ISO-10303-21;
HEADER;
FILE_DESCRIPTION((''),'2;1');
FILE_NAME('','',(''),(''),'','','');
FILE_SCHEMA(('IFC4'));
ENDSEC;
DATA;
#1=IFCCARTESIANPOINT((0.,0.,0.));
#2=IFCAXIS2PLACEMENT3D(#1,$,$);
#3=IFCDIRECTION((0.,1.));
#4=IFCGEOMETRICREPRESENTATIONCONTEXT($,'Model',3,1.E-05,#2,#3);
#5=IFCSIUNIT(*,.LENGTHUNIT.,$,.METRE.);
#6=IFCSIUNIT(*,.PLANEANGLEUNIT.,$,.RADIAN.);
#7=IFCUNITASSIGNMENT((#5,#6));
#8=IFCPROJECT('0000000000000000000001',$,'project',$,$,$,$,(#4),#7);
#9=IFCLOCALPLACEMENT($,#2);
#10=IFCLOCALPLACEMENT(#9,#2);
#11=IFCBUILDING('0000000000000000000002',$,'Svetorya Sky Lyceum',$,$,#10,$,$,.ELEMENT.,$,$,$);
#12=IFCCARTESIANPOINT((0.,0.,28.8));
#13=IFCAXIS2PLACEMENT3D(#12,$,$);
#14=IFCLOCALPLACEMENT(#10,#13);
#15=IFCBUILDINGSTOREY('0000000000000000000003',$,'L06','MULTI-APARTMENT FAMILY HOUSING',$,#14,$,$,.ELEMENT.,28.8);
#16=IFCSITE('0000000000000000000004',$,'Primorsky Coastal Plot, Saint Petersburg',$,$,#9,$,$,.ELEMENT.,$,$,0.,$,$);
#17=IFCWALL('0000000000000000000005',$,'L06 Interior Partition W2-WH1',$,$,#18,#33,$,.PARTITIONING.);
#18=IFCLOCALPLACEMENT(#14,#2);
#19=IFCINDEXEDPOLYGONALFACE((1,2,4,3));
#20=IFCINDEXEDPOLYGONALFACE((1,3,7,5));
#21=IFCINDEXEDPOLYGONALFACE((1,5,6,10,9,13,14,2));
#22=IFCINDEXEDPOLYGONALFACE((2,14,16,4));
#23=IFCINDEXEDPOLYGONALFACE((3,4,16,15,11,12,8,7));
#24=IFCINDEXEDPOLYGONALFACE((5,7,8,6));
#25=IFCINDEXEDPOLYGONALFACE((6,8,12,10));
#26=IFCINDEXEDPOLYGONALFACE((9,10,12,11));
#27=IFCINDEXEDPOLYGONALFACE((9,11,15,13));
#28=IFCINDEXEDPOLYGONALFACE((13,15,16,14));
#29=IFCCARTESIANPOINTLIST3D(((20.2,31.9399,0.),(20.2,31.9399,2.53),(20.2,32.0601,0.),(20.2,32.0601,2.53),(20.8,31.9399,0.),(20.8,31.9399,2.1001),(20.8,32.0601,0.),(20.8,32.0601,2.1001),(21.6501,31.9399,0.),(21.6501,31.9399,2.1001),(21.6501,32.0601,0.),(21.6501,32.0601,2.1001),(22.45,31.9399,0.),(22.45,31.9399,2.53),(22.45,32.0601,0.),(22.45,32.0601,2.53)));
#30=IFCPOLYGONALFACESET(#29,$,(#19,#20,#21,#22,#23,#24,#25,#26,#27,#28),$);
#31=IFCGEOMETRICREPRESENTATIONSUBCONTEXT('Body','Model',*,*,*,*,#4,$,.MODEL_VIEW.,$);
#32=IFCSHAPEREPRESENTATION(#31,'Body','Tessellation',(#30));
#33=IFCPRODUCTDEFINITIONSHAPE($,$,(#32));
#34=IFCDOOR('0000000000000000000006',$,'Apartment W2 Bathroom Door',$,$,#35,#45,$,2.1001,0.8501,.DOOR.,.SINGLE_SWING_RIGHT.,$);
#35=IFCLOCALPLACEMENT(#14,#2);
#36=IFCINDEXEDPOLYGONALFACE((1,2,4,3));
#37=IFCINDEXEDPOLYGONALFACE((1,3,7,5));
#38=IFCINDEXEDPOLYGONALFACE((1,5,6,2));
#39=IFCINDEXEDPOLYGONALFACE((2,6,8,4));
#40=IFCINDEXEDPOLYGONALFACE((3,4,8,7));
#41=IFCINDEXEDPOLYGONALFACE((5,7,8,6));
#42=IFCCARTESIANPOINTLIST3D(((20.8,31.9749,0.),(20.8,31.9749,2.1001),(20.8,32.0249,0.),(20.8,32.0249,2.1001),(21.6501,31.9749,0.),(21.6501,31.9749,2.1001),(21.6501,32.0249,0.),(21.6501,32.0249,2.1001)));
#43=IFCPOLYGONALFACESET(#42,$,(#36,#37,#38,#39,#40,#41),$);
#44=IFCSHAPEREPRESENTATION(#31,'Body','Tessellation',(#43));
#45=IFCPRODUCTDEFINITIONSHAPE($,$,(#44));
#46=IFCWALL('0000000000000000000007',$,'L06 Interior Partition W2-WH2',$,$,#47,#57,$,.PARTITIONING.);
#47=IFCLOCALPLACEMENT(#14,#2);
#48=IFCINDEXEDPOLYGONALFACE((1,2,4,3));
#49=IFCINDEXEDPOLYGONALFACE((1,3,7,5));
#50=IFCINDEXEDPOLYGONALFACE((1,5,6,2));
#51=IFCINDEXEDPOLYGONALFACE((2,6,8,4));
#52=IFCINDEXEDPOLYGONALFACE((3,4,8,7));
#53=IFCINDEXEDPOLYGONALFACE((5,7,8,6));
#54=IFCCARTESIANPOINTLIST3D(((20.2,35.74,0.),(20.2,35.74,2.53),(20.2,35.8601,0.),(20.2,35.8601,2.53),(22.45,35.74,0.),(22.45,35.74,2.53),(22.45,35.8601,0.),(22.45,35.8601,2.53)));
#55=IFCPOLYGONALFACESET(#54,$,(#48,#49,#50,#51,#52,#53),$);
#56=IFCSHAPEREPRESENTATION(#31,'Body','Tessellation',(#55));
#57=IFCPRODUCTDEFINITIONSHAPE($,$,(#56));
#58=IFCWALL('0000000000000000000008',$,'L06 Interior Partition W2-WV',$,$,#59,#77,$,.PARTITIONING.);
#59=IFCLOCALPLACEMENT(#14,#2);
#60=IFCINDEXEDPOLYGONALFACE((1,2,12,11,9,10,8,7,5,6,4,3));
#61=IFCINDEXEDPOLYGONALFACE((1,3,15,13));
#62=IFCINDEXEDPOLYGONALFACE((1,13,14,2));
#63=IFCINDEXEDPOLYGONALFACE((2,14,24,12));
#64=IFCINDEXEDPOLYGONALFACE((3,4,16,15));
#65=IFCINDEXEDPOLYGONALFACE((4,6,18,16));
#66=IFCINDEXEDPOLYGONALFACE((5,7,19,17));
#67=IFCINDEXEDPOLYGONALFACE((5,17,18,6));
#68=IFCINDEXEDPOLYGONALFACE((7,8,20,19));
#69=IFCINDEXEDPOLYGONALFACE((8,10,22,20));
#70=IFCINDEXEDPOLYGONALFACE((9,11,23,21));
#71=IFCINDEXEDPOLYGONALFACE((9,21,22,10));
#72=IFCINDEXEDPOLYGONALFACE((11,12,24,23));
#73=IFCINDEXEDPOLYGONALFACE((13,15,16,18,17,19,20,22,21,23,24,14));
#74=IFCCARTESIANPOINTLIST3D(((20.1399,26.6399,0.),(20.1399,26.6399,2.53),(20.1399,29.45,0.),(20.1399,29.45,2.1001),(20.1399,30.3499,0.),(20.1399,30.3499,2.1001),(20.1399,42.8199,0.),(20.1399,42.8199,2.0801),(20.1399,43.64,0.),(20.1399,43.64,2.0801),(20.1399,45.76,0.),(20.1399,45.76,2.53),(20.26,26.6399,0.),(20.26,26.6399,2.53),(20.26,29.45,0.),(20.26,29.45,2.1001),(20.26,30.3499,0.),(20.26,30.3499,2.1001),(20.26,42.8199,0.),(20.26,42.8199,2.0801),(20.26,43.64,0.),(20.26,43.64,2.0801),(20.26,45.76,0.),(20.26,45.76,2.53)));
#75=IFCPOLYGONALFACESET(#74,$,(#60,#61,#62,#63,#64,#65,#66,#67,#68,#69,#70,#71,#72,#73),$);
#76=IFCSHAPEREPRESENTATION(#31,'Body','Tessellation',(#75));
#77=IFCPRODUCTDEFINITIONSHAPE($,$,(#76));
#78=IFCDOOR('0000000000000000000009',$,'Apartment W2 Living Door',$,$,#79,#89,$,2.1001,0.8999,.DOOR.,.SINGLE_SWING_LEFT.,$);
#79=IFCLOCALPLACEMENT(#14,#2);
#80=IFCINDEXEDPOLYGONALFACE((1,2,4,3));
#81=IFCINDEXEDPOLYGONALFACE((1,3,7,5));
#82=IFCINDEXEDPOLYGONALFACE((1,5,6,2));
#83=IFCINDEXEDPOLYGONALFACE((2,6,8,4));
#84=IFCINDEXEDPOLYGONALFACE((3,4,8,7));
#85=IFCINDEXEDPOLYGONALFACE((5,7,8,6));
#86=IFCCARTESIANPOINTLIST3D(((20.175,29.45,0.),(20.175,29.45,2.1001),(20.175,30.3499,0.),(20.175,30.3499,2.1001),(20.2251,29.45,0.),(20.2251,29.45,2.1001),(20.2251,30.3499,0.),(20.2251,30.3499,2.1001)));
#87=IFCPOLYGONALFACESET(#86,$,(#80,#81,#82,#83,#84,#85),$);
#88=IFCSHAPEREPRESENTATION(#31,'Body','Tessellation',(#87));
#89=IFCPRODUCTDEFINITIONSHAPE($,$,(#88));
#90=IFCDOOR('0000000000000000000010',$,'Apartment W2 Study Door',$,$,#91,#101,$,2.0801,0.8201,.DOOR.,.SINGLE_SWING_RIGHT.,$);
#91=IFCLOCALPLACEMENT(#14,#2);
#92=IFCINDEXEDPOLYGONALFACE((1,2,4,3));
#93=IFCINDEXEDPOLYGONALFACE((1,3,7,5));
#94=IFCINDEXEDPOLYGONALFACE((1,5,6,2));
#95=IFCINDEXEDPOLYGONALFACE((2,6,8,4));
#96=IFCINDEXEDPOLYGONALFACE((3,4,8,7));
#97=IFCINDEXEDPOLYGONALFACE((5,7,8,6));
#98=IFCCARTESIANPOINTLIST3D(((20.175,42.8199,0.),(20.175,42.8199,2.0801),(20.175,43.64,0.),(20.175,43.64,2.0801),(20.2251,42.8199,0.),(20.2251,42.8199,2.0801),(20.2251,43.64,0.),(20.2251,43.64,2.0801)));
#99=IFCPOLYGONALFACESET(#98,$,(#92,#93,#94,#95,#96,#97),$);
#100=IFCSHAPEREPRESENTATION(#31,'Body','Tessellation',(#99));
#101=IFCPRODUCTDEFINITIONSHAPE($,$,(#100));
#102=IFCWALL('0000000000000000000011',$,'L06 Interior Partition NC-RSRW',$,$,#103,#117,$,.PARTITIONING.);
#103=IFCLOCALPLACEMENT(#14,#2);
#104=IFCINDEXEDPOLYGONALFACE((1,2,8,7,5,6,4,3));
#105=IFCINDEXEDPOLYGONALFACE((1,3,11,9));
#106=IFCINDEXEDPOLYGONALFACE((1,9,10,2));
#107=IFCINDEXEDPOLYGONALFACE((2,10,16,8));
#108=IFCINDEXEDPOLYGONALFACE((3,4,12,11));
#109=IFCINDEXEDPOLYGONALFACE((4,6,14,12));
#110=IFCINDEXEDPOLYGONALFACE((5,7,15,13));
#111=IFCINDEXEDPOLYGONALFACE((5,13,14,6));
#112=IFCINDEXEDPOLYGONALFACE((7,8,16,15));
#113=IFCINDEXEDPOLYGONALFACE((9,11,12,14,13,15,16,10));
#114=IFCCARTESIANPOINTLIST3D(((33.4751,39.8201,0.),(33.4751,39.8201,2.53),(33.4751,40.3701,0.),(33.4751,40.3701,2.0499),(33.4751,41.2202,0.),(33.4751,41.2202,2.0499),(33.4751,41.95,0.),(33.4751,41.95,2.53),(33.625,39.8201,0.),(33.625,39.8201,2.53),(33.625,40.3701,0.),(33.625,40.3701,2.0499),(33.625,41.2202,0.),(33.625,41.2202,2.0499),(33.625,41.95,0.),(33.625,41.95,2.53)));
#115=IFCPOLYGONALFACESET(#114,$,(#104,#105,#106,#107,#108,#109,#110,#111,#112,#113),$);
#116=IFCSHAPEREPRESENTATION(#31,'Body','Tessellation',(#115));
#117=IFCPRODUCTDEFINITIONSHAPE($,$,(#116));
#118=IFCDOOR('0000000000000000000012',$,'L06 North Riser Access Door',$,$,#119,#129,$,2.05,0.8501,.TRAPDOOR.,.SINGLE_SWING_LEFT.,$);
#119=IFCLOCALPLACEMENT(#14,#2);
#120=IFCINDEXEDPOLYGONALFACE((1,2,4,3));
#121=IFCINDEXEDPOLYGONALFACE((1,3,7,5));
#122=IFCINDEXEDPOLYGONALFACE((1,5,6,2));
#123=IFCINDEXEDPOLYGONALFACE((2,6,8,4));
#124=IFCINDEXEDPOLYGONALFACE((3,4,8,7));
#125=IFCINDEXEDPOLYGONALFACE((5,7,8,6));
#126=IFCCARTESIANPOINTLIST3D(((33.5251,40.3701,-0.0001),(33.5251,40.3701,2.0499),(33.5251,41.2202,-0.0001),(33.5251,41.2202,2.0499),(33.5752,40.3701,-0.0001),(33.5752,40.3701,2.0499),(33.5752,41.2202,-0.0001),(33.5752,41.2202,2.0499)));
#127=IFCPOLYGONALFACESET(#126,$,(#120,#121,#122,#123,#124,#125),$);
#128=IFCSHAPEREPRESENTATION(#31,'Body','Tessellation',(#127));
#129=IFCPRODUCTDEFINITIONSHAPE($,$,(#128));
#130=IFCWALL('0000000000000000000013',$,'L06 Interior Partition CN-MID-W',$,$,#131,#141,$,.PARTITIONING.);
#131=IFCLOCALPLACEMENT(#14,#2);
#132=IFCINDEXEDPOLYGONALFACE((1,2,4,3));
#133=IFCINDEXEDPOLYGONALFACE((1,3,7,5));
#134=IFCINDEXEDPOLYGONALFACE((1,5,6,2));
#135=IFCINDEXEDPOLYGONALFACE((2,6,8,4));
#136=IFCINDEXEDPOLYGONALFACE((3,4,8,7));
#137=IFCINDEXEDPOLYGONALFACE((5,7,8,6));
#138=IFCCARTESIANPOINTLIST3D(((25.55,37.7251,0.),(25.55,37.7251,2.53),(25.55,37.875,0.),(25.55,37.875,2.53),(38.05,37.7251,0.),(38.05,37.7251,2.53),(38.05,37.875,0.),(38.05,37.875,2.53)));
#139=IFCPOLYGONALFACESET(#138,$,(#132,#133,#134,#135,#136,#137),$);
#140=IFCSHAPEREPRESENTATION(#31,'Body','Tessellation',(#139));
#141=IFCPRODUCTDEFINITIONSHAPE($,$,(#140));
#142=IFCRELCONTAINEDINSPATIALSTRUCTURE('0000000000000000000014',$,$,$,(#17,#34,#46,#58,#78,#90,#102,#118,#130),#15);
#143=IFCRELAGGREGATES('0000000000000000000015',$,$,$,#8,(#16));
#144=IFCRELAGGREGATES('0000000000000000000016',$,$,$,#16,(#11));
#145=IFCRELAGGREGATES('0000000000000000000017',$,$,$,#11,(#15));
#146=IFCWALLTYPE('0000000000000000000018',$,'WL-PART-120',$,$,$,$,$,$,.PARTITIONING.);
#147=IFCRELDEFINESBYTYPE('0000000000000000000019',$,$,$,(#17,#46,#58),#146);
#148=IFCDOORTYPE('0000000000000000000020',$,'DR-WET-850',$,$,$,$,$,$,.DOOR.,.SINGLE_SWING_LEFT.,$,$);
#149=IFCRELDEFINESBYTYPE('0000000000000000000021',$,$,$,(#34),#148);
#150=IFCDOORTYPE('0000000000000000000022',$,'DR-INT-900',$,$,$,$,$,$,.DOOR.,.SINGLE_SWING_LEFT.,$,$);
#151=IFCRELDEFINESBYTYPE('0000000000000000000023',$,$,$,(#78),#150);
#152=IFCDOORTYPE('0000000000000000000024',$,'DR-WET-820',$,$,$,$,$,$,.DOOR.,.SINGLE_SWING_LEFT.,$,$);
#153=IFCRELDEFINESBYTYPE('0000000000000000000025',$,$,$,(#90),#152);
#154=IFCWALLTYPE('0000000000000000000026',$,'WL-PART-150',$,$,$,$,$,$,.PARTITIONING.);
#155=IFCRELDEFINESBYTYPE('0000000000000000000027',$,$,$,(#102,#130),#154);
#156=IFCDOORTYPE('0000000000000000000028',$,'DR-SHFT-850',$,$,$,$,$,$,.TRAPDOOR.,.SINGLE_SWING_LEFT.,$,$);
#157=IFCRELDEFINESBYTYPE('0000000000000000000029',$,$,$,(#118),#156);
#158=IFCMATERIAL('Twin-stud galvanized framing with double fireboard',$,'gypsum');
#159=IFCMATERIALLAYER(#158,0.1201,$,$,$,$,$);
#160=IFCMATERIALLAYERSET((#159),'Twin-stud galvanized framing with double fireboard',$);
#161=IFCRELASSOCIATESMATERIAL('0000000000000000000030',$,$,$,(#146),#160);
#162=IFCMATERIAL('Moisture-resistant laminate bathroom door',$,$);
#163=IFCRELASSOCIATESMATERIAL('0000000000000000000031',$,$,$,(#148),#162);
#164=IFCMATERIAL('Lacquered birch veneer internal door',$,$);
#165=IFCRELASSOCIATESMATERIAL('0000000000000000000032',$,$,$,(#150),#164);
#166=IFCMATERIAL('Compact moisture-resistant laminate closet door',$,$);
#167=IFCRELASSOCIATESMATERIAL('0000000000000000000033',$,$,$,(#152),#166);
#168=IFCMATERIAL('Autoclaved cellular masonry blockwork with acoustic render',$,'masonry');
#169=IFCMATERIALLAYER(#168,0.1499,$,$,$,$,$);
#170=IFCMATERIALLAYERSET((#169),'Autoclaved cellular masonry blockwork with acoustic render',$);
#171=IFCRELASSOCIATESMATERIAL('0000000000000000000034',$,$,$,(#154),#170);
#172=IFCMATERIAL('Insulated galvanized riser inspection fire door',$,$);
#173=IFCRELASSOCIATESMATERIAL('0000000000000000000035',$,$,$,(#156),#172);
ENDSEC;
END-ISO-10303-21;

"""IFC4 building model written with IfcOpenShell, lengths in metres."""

from ifc_helpers import new_model, si_unit, direction, frame, frame_2d, origin, place, context, subcontext, project, spatial, rectangle, extrude, material, layer, layer_set, type_object, element, fill, save


model = new_model("IFC4")

# Units and contexts
model_context = context("Model", 3, precision=1e-05, world=origin(), true_north=direction((0.0, 1.0)))
body_context = subcontext(model_context, "Body", "Model", "MODEL_VIEW")
ifc_project = project(units=[si_unit("LENGTHUNIT", "METRE"), si_unit("PLANEANGLEUNIT", "RADIAN")], contexts=[model_context])

# Site, building, storey
site_placement = place(None, origin())
site = spatial("IfcSite", under=ifc_project, at=site_placement, Name="Primorsky Coastal Plot, Saint Petersburg", CompositionType="ELEMENT", RefElevation=0.0)
building_placement = place(site_placement, origin())
building = spatial("IfcBuilding", under=site, at=building_placement, Name="Svetorya Sky Lyceum", CompositionType="ELEMENT")
storey_placement = place(building_placement, frame((0.0, 0.0, 28.8)))
storey = spatial("IfcBuildingStorey", under=building, at=storey_placement, Name="L06", Description="MULTI-APARTMENT FAMILY HOUSING", CompositionType="ELEMENT", Elevation=28.8)

# Wall, opening, door
ifc_material_1 = material(Name="Twin-stud galvanized framing with double fireboard", Category="gypsum")
ifc_layer_1 = layer(ifc_material_1, 0.1201)
ifc_layer_set_1 = layer_set([ifc_layer_1], Name="Twin-stud galvanized framing with double fireboard")
wall_type_1 = type_object("IfcWallType", Name="WL-PART-120", PredefinedType="PARTITIONING", material=ifc_layer_set_1)
wall_1_placement = place(storey_placement, frame((20.2, 32.0, 0.0), z_axis=(0.0, 0.0, 1.0), x_axis=(1.0, 0.0, 0.0)))
wall_1 = element("IfcWall", 1, at=wall_1_placement, inside=storey, type_object=wall_type_1, Name="L06 Interior Partition W2-WH1", PredefinedType="PARTITIONING", context=body_context, shape_type="SweptSolid", body=[
    extrude(rectangle(XDim=2.25, YDim=0.1201, at=frame_2d((1.125, 0.0))), origin(), (0.0, 0.0, 1.0), 2.53),
])
opening_1_placement = place(wall_1_placement, frame((0.6001, 0.0, 0.0)))
opening_1 = element("IfcOpeningElement", 2, at=opening_1_placement, cuts=wall_1, PredefinedType="OPENING", context=body_context, shape_type="SweptSolid", body=[
    extrude(rectangle(XDim=0.8501, YDim=2.1001, at=frame_2d((0.425, 1.05))), frame((0.0, 0.0701, 0.0), z_axis=(0.0, -1.0, 0.0), x_axis=(1.0, 0.0, 0.0)), (0.0, 0.0, 1.0), 0.1401),
])
ifc_material_2 = material(Name="Moisture-resistant laminate bathroom door")
door_type_1 = type_object("IfcDoorType", Name="DR-WET-850", OperationType="SINGLE_SWING_LEFT", PredefinedType="DOOR", material=ifc_material_2)
door_1_placement = place(opening_1_placement, origin())
door_1 = element("IfcDoor", 3, at=door_1_placement, inside=storey, type_object=door_type_1, Name="Apartment W2 Bathroom Door", OperationType="SINGLE_SWING_RIGHT", OverallHeight=2.1001, OverallWidth=0.8501, PredefinedType="DOOR", context=body_context, shape_type="SweptSolid", body=[
    extrude(rectangle(XDim=0.8501, YDim=2.1001, at=frame_2d((0.425, 1.05))), frame((0.0, 0.0249, 0.0), z_axis=(0.0, -1.0, 0.0), x_axis=(1.0, 0.0, 0.0)), (0.0, 0.0, 1.0), 0.05),
])
fill(opening_1, door_1)

# Wall
wall_2_placement = place(storey_placement, frame((20.2, 35.8, 0.0), z_axis=(0.0, 0.0, 1.0), x_axis=(1.0, 0.0, 0.0)))
element("IfcWall", 4, at=wall_2_placement, inside=storey, type_object=wall_type_1, Name="L06 Interior Partition W2-WH2", PredefinedType="PARTITIONING", context=body_context, shape_type="SweptSolid", body=[
    extrude(rectangle(XDim=2.25, YDim=0.1201, at=frame_2d((1.125, 0.0))), origin(), (0.0, 0.0, 1.0), 2.53),
])

# Wall, openings, doors
wall_3_placement = place(storey_placement, frame((20.2, 26.6399, 0.0), z_axis=(0.0, 0.0, 1.0), x_axis=(0.0, 1.0, 0.0)))
wall_3 = element("IfcWall", 5, at=wall_3_placement, inside=storey, type_object=wall_type_1, Name="L06 Interior Partition W2-WV", PredefinedType="PARTITIONING", context=body_context, shape_type="SweptSolid", body=[
    extrude(rectangle(XDim=19.1201, YDim=0.1201, at=frame_2d((9.5601, 0.0))), origin(), (0.0, 0.0, 1.0), 2.53),
])
opening_2_placement = place(wall_3_placement, frame((2.8101, 0.0, 0.0)))
opening_2 = element("IfcOpeningElement", 6, at=opening_2_placement, cuts=wall_3, PredefinedType="OPENING", context=body_context, shape_type="SweptSolid", body=[
    extrude(rectangle(XDim=0.8999, YDim=2.1001, at=frame_2d((0.45, 1.05))), frame((0.0, 0.0701, 0.0), z_axis=(0.0, -1.0, 0.0), x_axis=(1.0, 0.0, 0.0)), (0.0, 0.0, 1.0), 0.1401),
])
opening_3_placement = place(wall_3_placement, frame((16.1799, 0.0, 0.0)))
opening_3 = element("IfcOpeningElement", 7, at=opening_3_placement, cuts=wall_3, PredefinedType="OPENING", context=body_context, shape_type="SweptSolid", body=[
    extrude(rectangle(XDim=0.8201, YDim=2.0801, at=frame_2d((0.4102, 1.04))), frame((0.0, 0.0701, 0.0), z_axis=(0.0, -1.0, 0.0), x_axis=(1.0, 0.0, 0.0)), (0.0, 0.0, 1.0), 0.1401),
])
ifc_material_3 = material(Name="Lacquered birch veneer internal door")
door_type_2 = type_object("IfcDoorType", Name="DR-INT-900", OperationType="SINGLE_SWING_LEFT", PredefinedType="DOOR", material=ifc_material_3)
door_2_placement = place(opening_2_placement, origin())
door_2 = element("IfcDoor", 8, at=door_2_placement, inside=storey, type_object=door_type_2, Name="Apartment W2 Living Door", OperationType="SINGLE_SWING_LEFT", OverallHeight=2.1001, OverallWidth=0.8999, PredefinedType="DOOR", context=body_context, shape_type="SweptSolid", body=[
    extrude(rectangle(XDim=0.8999, YDim=2.1001, at=frame_2d((0.45, 1.05))), frame((0.0, 0.0249, 0.0), z_axis=(0.0, -1.0, 0.0), x_axis=(1.0, 0.0, 0.0)), (0.0, 0.0, 1.0), 0.05),
])
fill(opening_2, door_2)
ifc_material_4 = material(Name="Compact moisture-resistant laminate closet door")
door_type_3 = type_object("IfcDoorType", Name="DR-WET-820", OperationType="SINGLE_SWING_LEFT", PredefinedType="DOOR", material=ifc_material_4)
door_3_placement = place(opening_3_placement, origin())
door_3 = element("IfcDoor", 9, at=door_3_placement, inside=storey, type_object=door_type_3, Name="Apartment W2 Study Door", OperationType="SINGLE_SWING_RIGHT", OverallHeight=2.0801, OverallWidth=0.8201, PredefinedType="DOOR", context=body_context, shape_type="SweptSolid", body=[
    extrude(rectangle(XDim=0.8201, YDim=2.0801, at=frame_2d((0.4102, 1.04))), frame((0.0, 0.0249, 0.0), z_axis=(0.0, -1.0, 0.0), x_axis=(1.0, 0.0, 0.0)), (0.0, 0.0, 1.0), 0.05),
])
fill(opening_3, door_3)

# Wall, opening, door
ifc_material_5 = material(Name="Autoclaved cellular masonry blockwork with acoustic render", Category="masonry")
ifc_layer_2 = layer(ifc_material_5, 0.1499)
ifc_layer_set_2 = layer_set([ifc_layer_2], Name="Autoclaved cellular masonry blockwork with acoustic render")
wall_type_2 = type_object("IfcWallType", Name="WL-PART-150", PredefinedType="PARTITIONING", material=ifc_layer_set_2)
wall_4_placement = place(storey_placement, frame((33.55, 39.8201, 0.0), z_axis=(0.0, 0.0, 1.0), x_axis=(0.0, 1.0, 0.0)))
wall_4 = element("IfcWall", 10, at=wall_4_placement, inside=storey, type_object=wall_type_2, Name="L06 Interior Partition NC-RSRW", PredefinedType="PARTITIONING", context=body_context, shape_type="SweptSolid", body=[
    extrude(rectangle(XDim=2.1299, YDim=0.1499, at=frame_2d((1.0649, 0.0))), origin(), (0.0, 0.0, 1.0), 2.53),
])
opening_4_placement = place(wall_4_placement, frame((0.55, 0.0, 0.0)))
opening_4 = element("IfcOpeningElement", 11, at=opening_4_placement, cuts=wall_4, PredefinedType="OPENING", context=body_context, shape_type="SweptSolid", body=[
    extrude(rectangle(XDim=0.8501, YDim=2.05, at=frame_2d((0.425, 1.0249))), frame((0.0, 0.085, 0.0), z_axis=(0.0, -1.0, 0.0), x_axis=(1.0, 0.0, 0.0)), (0.0, 0.0, 1.0), 0.1699),
])
ifc_material_6 = material(Name="Insulated galvanized riser inspection fire door")
door_type_4 = type_object("IfcDoorType", Name="DR-SHFT-850", OperationType="SINGLE_SWING_LEFT", PredefinedType="TRAPDOOR", material=ifc_material_6)
door_4_placement = place(opening_4_placement, origin())
door_4 = element("IfcDoor", 12, at=door_4_placement, inside=storey, type_object=door_type_4, Name="L06 North Riser Access Door", OperationType="SINGLE_SWING_LEFT", OverallHeight=2.05, OverallWidth=0.8501, PredefinedType="TRAPDOOR", context=body_context, shape_type="SweptSolid", body=[
    extrude(rectangle(XDim=0.8501, YDim=2.05, at=frame_2d((0.425, 1.0249))), frame((0.0, 0.0249, 0.0), z_axis=(0.0, -1.0, 0.0), x_axis=(1.0, 0.0, 0.0)), (0.0, 0.0, 1.0), 0.05),
])
fill(opening_4, door_4)

# Wall
wall_5_placement = place(storey_placement, frame((25.55, 37.8, 0.0), z_axis=(0.0, 0.0, 1.0), x_axis=(1.0, 0.0, 0.0)))
element("IfcWall", 13, at=wall_5_placement, inside=storey, type_object=wall_type_2, Name="L06 Interior Partition CN-MID-W", PredefinedType="PARTITIONING", context=body_context, shape_type="SweptSolid", body=[
    extrude(rectangle(XDim=12.5, YDim=0.1499, at=frame_2d((6.25, 0.0))), origin(), (0.0, 0.0, 1.0), 2.53),
])

save(model, "model.ifc")
